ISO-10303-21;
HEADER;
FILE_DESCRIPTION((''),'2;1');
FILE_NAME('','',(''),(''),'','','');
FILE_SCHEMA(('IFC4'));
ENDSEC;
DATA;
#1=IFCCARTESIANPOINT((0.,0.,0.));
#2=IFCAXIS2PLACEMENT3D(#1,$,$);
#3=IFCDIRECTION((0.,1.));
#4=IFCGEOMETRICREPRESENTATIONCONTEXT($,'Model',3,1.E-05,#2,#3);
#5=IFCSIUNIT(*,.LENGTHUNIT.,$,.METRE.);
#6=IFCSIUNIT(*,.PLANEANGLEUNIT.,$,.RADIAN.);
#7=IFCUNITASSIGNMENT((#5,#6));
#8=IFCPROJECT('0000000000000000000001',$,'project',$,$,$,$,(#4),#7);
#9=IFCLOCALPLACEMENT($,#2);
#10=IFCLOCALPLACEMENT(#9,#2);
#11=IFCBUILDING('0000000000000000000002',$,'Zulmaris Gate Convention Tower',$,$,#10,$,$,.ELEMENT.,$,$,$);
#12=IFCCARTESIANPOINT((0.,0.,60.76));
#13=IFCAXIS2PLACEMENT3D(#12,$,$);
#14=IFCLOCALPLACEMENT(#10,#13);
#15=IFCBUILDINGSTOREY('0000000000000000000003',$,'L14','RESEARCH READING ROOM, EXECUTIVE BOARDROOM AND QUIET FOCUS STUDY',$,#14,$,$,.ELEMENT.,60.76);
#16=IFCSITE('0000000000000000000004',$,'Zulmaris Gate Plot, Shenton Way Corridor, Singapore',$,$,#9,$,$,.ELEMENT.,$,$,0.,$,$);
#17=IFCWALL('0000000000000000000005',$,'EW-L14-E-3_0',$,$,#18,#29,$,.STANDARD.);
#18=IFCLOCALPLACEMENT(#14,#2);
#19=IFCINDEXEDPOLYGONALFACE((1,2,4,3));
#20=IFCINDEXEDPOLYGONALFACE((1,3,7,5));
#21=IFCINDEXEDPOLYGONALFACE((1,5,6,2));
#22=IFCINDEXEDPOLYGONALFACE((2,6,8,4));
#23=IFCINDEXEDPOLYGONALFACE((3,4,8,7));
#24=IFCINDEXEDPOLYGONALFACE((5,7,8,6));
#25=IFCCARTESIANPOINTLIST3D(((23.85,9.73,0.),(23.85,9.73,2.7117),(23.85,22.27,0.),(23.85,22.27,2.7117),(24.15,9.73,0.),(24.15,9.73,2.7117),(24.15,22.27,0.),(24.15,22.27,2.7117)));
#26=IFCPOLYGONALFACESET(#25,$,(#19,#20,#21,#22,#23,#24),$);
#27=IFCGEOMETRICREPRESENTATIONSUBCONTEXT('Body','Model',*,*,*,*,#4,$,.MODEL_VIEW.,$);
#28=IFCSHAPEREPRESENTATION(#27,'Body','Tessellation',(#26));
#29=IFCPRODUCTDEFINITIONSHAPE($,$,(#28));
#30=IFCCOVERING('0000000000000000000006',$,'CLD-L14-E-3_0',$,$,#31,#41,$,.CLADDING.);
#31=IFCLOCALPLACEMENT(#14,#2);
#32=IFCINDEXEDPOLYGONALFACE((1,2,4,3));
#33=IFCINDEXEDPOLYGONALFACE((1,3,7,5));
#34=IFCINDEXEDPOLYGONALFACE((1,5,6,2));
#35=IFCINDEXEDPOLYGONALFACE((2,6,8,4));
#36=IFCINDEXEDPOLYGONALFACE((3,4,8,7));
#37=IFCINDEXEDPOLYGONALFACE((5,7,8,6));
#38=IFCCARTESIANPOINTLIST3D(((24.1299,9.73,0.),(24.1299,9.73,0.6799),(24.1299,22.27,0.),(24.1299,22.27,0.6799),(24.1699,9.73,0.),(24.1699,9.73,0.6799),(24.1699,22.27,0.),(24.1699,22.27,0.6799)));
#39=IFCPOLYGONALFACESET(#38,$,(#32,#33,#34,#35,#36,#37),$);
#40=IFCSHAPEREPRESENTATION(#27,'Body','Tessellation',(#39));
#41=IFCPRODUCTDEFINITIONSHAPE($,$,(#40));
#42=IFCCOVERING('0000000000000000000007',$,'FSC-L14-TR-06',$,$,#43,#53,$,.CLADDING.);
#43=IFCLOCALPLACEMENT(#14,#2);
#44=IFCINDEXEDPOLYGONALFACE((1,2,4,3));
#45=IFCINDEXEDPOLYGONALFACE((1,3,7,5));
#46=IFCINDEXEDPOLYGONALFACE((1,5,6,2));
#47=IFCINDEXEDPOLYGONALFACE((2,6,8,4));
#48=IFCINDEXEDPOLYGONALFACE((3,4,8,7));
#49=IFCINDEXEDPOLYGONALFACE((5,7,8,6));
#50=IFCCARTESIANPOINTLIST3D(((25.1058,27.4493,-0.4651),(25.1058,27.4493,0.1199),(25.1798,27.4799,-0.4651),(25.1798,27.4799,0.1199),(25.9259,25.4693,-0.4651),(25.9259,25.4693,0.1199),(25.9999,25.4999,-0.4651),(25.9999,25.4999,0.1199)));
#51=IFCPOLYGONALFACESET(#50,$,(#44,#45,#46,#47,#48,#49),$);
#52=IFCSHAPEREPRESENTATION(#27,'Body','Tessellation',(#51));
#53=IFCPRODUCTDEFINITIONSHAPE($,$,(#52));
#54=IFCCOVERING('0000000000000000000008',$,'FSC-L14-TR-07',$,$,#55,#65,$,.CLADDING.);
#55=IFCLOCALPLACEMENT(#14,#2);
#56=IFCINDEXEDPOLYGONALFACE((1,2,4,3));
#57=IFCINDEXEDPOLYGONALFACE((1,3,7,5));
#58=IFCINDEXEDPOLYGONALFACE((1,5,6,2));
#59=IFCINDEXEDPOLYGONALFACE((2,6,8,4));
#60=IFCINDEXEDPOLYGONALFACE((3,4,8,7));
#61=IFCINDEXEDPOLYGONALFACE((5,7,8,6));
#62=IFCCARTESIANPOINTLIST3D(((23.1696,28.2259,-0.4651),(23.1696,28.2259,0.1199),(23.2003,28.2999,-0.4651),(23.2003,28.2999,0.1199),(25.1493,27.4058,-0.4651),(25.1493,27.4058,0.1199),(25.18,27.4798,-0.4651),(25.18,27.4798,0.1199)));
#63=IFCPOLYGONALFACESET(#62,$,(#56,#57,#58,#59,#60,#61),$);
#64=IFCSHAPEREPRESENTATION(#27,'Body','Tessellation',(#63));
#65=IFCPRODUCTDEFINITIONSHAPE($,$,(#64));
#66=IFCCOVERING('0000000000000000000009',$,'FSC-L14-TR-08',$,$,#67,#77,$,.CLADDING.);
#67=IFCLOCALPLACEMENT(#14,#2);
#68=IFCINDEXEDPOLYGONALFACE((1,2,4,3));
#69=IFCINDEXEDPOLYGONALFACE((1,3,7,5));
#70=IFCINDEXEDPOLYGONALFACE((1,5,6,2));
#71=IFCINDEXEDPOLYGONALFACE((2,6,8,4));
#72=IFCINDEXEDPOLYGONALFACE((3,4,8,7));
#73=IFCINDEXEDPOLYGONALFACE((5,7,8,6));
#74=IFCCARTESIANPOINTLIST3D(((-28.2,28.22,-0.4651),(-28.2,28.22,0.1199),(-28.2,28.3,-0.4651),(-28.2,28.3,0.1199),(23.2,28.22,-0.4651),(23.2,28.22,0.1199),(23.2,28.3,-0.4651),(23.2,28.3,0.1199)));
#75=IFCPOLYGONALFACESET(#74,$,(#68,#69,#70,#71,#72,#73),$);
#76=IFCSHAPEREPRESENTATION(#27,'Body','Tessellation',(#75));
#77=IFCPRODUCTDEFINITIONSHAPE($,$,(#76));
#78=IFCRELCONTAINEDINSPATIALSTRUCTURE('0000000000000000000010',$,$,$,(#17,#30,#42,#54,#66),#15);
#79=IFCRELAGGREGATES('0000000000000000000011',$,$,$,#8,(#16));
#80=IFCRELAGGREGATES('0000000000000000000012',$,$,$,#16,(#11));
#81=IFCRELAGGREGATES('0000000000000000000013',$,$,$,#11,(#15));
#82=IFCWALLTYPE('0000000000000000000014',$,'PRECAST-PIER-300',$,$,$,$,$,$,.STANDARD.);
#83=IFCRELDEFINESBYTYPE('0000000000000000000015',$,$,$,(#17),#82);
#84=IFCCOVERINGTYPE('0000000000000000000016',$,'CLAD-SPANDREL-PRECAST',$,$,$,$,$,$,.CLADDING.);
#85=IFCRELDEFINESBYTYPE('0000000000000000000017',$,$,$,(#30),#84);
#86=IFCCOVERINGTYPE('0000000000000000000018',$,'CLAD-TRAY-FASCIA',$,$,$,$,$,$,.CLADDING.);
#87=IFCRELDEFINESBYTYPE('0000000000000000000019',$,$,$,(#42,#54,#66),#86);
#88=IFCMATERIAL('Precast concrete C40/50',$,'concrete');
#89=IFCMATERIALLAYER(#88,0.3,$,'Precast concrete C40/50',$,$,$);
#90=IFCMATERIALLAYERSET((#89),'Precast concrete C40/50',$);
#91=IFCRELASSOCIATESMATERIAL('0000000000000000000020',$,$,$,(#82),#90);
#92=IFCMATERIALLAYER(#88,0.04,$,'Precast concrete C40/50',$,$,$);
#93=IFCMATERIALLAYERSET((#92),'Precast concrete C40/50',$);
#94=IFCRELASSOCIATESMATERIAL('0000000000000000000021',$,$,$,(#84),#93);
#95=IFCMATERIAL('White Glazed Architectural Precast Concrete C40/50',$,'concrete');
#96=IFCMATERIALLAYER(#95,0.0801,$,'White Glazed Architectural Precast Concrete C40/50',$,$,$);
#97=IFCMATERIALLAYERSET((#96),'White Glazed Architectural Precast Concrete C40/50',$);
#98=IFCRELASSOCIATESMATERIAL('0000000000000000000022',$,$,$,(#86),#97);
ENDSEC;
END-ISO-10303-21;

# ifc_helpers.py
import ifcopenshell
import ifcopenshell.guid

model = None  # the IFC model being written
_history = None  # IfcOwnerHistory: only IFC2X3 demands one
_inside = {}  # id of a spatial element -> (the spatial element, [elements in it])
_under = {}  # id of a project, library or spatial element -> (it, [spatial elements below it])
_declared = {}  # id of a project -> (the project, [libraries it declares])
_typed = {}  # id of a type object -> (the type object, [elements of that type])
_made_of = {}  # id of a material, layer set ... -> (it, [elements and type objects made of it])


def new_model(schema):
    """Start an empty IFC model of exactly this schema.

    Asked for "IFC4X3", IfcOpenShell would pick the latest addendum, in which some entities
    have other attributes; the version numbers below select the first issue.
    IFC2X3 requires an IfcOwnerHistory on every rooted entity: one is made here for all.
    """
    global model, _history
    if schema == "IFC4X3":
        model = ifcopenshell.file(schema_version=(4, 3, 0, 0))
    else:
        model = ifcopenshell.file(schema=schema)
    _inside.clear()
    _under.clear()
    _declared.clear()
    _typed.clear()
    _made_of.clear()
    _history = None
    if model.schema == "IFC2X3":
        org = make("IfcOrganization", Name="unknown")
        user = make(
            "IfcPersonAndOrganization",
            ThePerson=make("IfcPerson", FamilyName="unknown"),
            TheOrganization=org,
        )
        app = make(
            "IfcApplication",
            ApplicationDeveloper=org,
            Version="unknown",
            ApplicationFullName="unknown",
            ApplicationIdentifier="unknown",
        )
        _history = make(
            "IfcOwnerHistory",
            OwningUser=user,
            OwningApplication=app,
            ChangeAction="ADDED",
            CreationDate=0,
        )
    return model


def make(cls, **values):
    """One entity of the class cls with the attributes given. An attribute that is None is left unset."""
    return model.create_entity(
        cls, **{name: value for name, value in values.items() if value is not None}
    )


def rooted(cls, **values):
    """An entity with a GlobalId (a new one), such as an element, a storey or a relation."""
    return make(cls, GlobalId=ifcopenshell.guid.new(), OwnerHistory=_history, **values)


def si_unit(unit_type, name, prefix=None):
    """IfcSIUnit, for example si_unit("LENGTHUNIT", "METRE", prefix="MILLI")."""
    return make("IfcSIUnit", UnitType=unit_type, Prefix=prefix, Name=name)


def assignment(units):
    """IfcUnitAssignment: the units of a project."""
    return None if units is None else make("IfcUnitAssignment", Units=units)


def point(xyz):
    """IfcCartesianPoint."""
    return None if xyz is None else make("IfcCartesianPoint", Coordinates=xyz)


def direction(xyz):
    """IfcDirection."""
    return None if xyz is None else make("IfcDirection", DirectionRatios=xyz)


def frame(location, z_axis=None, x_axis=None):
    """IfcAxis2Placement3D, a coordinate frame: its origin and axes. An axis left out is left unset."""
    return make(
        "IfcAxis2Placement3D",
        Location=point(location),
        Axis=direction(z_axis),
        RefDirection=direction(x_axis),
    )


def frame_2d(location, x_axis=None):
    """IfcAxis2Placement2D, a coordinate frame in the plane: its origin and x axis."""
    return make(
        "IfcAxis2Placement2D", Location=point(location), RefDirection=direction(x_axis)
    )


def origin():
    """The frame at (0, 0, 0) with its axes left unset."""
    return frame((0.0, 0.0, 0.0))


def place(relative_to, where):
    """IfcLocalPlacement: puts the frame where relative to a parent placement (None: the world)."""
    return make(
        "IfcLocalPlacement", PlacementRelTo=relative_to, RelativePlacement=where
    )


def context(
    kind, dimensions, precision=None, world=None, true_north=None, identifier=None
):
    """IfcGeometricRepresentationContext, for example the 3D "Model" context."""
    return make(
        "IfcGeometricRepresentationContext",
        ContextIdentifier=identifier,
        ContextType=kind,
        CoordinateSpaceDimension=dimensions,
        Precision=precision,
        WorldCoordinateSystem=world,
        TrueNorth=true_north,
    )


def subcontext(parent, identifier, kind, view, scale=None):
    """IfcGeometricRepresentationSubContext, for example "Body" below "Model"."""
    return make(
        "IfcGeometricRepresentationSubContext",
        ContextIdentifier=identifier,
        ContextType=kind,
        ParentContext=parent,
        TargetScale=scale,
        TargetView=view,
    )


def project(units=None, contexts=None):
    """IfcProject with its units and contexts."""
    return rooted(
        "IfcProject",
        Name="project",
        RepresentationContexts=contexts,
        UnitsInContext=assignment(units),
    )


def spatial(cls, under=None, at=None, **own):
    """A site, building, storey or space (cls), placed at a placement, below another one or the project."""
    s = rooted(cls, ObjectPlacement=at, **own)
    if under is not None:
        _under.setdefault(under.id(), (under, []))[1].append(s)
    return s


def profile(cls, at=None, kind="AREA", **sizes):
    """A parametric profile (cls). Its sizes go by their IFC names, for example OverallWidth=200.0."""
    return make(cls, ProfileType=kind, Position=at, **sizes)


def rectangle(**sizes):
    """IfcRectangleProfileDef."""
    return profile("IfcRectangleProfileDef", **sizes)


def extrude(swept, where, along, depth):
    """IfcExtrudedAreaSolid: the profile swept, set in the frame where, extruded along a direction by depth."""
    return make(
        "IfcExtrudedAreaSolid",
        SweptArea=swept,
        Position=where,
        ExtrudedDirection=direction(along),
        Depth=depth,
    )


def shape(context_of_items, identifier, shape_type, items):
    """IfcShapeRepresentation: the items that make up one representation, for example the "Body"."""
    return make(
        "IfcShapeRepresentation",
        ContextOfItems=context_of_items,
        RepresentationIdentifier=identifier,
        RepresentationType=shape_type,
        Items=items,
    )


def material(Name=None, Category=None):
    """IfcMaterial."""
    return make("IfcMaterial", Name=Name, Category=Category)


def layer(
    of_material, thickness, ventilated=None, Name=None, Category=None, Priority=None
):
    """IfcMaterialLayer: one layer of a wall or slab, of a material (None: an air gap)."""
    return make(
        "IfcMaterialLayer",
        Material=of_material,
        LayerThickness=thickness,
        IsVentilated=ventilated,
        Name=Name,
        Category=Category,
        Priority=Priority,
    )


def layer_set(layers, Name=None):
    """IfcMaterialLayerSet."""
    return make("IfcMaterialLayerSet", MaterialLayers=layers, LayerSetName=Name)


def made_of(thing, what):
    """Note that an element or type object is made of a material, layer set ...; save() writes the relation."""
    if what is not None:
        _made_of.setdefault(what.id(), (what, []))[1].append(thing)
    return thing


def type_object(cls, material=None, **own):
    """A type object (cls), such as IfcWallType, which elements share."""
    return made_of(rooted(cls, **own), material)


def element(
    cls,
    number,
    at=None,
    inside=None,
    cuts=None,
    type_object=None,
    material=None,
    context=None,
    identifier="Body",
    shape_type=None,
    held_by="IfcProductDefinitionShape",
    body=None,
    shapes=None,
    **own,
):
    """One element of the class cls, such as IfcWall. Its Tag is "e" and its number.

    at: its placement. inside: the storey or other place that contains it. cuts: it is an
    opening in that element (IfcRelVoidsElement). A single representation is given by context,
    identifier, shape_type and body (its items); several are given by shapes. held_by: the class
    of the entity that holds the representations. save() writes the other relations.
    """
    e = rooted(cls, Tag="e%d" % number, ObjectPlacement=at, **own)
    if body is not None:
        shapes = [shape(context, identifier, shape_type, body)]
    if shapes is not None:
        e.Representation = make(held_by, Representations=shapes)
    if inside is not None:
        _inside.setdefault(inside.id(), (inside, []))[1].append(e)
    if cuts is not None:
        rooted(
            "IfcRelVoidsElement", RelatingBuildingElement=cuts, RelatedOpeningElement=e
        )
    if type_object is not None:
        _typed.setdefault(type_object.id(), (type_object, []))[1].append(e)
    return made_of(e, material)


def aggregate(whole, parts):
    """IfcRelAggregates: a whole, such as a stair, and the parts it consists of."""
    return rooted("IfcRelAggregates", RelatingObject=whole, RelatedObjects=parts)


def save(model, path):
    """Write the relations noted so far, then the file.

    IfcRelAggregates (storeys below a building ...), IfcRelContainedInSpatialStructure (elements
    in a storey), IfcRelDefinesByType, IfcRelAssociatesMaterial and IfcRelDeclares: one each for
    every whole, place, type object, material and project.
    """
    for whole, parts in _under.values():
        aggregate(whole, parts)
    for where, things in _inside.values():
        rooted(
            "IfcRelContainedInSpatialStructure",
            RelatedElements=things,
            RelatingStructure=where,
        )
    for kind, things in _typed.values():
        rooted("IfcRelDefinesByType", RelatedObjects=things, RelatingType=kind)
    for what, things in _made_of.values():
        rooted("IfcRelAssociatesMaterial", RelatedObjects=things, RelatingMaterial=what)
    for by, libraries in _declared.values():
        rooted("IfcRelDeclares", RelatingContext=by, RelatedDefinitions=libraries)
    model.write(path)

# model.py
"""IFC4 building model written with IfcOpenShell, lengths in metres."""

from ifc_helpers import new_model, si_unit, direction, frame, frame_2d, origin, place, context, subcontext, project, spatial, rectangle, extrude, material, layer, layer_set, type_object, element, save


model = new_model("IFC4")

# Units and contexts
model_context = context("Model", 3, precision=1e-05, world=origin(), true_north=direction((0.0, 1.0)))
body_context = subcontext(model_context, "Body", "Model", "MODEL_VIEW")
ifc_project = project(units=[si_unit("LENGTHUNIT", "METRE"), si_unit("PLANEANGLEUNIT", "RADIAN")], contexts=[model_context])

# Site, building, storey
site_placement = place(None, origin())
site = spatial("IfcSite", under=ifc_project, at=site_placement, Name="Zulmaris Gate Plot, Shenton Way Corridor, Singapore", CompositionType="ELEMENT", RefElevation=0.0)
building_placement = place(site_placement, origin())
building = spatial("IfcBuilding", under=site, at=building_placement, Name="Zulmaris Gate Convention Tower", CompositionType="ELEMENT")
storey_placement = place(building_placement, frame((0.0, 0.0, 60.76)))
storey = spatial("IfcBuildingStorey", under=building, at=storey_placement, Name="L14", Description="RESEARCH READING ROOM, EXECUTIVE BOARDROOM AND QUIET FOCUS STUDY", CompositionType="ELEMENT", Elevation=60.76)

# Shared definitions
ifc_material_1 = material(Name="Precast concrete C40/50", Category="concrete")
ifc_layer_1 = layer(ifc_material_1, 0.3, Name="Precast concrete C40/50")
ifc_layer_set_1 = layer_set([ifc_layer_1], Name="Precast concrete C40/50")
wall_type_1 = type_object("IfcWallType", Name="PRECAST-PIER-300", PredefinedType="STANDARD", material=ifc_layer_set_1)

# Wall
wall_1_placement = place(storey_placement, frame((24.0, 9.73, 0.0), z_axis=(0.0, 0.0, 1.0), x_axis=(0.0, 1.0, 0.0)))
element("IfcWall", 1, at=wall_1_placement, inside=storey, type_object=wall_type_1, Name="EW-L14-E-3_0", PredefinedType="STANDARD", context=body_context, shape_type="SweptSolid", body=[
    extrude(rectangle(XDim=12.54, YDim=0.3, at=frame_2d((6.27, 0.0))), origin(), (0.0, 0.0, 1.0), 2.7117),
])

# Coverings
ifc_layer_2 = layer(ifc_material_1, 0.04, Name="Precast concrete C40/50")
ifc_layer_set_2 = layer_set([ifc_layer_2], Name="Precast concrete C40/50")
covering_type_1 = type_object("IfcCoveringType", Name="CLAD-SPANDREL-PRECAST", PredefinedType="CLADDING", material=ifc_layer_set_2)
covering_1_placement = place(storey_placement, frame((24.1499, 9.73, 0.0), z_axis=(0.0, 0.0, 1.0), x_axis=(0.0, 1.0, 0.0)))
element("IfcCovering", 2, at=covering_1_placement, inside=storey, type_object=covering_type_1, Name="CLD-L14-E-3_0", PredefinedType="CLADDING", context=body_context, shape_type="SweptSolid", body=[
    extrude(rectangle(XDim=12.54, YDim=0.04, at=frame_2d((6.27, 0.0))), origin(), (0.0, 0.0, 1.0), 0.6799),
])
ifc_material_2 = material(Name="White Glazed Architectural Precast Concrete C40/50", Category="concrete")
ifc_layer_3 = layer(ifc_material_2, 0.0801, Name="White Glazed Architectural Precast Concrete C40/50")
ifc_layer_set_3 = layer_set([ifc_layer_3], Name="White Glazed Architectural Precast Concrete C40/50")
covering_type_2 = type_object("IfcCoveringType", Name="CLAD-TRAY-FASCIA", PredefinedType="CLADDING", material=ifc_layer_set_3)
covering_2_placement = place(storey_placement, frame((25.9629, 25.4846, -0.4651), z_axis=(0.0, 0.0, 1.0), x_axis=(-0.382657, 0.92389, 0.0)))
element("IfcCovering", 3, at=covering_2_placement, inside=storey, type_object=covering_type_2, Name="FSC-L14-TR-06", PredefinedType="CLADDING", context=body_context, shape_type="SweptSolid", body=[
    extrude(rectangle(XDim=2.1431, YDim=0.0801, at=frame_2d((1.0715, 0.0))), origin(), (0.0, 0.0, 1.0), 0.585),
])
covering_3_placement = place(storey_placement, frame((25.1646, 27.4429, -0.4651), z_axis=(0.0, 0.0, 1.0), x_axis=(-0.923874, 0.382697, 0.0)))
element("IfcCovering", 4, at=covering_3_placement, inside=storey, type_object=covering_type_2, Name="FSC-L14-TR-07", PredefinedType="CLADDING", context=body_context, shape_type="SweptSolid", body=[
    extrude(rectangle(XDim=2.1428, YDim=0.0801, at=frame_2d((1.0713, 0.0))), origin(), (0.0, 0.0, 1.0), 0.585),
])
covering_4_placement = place(storey_placement, frame((23.2, 28.26, -0.4651), z_axis=(0.0, 0.0, 1.0), x_axis=(-1.0, 0.0, 0.0)))
element("IfcCovering", 5, at=covering_4_placement, inside=storey, type_object=covering_type_2, Name="FSC-L14-TR-08", PredefinedType="CLADDING", context=body_context, shape_type="SweptSolid", body=[
    extrude(rectangle(XDim=51.3999, YDim=0.0801, at=frame_2d((25.7, 0.0))), origin(), (0.0, 0.0, 1.0), 0.585),
])

save(model, "model.ifc")
